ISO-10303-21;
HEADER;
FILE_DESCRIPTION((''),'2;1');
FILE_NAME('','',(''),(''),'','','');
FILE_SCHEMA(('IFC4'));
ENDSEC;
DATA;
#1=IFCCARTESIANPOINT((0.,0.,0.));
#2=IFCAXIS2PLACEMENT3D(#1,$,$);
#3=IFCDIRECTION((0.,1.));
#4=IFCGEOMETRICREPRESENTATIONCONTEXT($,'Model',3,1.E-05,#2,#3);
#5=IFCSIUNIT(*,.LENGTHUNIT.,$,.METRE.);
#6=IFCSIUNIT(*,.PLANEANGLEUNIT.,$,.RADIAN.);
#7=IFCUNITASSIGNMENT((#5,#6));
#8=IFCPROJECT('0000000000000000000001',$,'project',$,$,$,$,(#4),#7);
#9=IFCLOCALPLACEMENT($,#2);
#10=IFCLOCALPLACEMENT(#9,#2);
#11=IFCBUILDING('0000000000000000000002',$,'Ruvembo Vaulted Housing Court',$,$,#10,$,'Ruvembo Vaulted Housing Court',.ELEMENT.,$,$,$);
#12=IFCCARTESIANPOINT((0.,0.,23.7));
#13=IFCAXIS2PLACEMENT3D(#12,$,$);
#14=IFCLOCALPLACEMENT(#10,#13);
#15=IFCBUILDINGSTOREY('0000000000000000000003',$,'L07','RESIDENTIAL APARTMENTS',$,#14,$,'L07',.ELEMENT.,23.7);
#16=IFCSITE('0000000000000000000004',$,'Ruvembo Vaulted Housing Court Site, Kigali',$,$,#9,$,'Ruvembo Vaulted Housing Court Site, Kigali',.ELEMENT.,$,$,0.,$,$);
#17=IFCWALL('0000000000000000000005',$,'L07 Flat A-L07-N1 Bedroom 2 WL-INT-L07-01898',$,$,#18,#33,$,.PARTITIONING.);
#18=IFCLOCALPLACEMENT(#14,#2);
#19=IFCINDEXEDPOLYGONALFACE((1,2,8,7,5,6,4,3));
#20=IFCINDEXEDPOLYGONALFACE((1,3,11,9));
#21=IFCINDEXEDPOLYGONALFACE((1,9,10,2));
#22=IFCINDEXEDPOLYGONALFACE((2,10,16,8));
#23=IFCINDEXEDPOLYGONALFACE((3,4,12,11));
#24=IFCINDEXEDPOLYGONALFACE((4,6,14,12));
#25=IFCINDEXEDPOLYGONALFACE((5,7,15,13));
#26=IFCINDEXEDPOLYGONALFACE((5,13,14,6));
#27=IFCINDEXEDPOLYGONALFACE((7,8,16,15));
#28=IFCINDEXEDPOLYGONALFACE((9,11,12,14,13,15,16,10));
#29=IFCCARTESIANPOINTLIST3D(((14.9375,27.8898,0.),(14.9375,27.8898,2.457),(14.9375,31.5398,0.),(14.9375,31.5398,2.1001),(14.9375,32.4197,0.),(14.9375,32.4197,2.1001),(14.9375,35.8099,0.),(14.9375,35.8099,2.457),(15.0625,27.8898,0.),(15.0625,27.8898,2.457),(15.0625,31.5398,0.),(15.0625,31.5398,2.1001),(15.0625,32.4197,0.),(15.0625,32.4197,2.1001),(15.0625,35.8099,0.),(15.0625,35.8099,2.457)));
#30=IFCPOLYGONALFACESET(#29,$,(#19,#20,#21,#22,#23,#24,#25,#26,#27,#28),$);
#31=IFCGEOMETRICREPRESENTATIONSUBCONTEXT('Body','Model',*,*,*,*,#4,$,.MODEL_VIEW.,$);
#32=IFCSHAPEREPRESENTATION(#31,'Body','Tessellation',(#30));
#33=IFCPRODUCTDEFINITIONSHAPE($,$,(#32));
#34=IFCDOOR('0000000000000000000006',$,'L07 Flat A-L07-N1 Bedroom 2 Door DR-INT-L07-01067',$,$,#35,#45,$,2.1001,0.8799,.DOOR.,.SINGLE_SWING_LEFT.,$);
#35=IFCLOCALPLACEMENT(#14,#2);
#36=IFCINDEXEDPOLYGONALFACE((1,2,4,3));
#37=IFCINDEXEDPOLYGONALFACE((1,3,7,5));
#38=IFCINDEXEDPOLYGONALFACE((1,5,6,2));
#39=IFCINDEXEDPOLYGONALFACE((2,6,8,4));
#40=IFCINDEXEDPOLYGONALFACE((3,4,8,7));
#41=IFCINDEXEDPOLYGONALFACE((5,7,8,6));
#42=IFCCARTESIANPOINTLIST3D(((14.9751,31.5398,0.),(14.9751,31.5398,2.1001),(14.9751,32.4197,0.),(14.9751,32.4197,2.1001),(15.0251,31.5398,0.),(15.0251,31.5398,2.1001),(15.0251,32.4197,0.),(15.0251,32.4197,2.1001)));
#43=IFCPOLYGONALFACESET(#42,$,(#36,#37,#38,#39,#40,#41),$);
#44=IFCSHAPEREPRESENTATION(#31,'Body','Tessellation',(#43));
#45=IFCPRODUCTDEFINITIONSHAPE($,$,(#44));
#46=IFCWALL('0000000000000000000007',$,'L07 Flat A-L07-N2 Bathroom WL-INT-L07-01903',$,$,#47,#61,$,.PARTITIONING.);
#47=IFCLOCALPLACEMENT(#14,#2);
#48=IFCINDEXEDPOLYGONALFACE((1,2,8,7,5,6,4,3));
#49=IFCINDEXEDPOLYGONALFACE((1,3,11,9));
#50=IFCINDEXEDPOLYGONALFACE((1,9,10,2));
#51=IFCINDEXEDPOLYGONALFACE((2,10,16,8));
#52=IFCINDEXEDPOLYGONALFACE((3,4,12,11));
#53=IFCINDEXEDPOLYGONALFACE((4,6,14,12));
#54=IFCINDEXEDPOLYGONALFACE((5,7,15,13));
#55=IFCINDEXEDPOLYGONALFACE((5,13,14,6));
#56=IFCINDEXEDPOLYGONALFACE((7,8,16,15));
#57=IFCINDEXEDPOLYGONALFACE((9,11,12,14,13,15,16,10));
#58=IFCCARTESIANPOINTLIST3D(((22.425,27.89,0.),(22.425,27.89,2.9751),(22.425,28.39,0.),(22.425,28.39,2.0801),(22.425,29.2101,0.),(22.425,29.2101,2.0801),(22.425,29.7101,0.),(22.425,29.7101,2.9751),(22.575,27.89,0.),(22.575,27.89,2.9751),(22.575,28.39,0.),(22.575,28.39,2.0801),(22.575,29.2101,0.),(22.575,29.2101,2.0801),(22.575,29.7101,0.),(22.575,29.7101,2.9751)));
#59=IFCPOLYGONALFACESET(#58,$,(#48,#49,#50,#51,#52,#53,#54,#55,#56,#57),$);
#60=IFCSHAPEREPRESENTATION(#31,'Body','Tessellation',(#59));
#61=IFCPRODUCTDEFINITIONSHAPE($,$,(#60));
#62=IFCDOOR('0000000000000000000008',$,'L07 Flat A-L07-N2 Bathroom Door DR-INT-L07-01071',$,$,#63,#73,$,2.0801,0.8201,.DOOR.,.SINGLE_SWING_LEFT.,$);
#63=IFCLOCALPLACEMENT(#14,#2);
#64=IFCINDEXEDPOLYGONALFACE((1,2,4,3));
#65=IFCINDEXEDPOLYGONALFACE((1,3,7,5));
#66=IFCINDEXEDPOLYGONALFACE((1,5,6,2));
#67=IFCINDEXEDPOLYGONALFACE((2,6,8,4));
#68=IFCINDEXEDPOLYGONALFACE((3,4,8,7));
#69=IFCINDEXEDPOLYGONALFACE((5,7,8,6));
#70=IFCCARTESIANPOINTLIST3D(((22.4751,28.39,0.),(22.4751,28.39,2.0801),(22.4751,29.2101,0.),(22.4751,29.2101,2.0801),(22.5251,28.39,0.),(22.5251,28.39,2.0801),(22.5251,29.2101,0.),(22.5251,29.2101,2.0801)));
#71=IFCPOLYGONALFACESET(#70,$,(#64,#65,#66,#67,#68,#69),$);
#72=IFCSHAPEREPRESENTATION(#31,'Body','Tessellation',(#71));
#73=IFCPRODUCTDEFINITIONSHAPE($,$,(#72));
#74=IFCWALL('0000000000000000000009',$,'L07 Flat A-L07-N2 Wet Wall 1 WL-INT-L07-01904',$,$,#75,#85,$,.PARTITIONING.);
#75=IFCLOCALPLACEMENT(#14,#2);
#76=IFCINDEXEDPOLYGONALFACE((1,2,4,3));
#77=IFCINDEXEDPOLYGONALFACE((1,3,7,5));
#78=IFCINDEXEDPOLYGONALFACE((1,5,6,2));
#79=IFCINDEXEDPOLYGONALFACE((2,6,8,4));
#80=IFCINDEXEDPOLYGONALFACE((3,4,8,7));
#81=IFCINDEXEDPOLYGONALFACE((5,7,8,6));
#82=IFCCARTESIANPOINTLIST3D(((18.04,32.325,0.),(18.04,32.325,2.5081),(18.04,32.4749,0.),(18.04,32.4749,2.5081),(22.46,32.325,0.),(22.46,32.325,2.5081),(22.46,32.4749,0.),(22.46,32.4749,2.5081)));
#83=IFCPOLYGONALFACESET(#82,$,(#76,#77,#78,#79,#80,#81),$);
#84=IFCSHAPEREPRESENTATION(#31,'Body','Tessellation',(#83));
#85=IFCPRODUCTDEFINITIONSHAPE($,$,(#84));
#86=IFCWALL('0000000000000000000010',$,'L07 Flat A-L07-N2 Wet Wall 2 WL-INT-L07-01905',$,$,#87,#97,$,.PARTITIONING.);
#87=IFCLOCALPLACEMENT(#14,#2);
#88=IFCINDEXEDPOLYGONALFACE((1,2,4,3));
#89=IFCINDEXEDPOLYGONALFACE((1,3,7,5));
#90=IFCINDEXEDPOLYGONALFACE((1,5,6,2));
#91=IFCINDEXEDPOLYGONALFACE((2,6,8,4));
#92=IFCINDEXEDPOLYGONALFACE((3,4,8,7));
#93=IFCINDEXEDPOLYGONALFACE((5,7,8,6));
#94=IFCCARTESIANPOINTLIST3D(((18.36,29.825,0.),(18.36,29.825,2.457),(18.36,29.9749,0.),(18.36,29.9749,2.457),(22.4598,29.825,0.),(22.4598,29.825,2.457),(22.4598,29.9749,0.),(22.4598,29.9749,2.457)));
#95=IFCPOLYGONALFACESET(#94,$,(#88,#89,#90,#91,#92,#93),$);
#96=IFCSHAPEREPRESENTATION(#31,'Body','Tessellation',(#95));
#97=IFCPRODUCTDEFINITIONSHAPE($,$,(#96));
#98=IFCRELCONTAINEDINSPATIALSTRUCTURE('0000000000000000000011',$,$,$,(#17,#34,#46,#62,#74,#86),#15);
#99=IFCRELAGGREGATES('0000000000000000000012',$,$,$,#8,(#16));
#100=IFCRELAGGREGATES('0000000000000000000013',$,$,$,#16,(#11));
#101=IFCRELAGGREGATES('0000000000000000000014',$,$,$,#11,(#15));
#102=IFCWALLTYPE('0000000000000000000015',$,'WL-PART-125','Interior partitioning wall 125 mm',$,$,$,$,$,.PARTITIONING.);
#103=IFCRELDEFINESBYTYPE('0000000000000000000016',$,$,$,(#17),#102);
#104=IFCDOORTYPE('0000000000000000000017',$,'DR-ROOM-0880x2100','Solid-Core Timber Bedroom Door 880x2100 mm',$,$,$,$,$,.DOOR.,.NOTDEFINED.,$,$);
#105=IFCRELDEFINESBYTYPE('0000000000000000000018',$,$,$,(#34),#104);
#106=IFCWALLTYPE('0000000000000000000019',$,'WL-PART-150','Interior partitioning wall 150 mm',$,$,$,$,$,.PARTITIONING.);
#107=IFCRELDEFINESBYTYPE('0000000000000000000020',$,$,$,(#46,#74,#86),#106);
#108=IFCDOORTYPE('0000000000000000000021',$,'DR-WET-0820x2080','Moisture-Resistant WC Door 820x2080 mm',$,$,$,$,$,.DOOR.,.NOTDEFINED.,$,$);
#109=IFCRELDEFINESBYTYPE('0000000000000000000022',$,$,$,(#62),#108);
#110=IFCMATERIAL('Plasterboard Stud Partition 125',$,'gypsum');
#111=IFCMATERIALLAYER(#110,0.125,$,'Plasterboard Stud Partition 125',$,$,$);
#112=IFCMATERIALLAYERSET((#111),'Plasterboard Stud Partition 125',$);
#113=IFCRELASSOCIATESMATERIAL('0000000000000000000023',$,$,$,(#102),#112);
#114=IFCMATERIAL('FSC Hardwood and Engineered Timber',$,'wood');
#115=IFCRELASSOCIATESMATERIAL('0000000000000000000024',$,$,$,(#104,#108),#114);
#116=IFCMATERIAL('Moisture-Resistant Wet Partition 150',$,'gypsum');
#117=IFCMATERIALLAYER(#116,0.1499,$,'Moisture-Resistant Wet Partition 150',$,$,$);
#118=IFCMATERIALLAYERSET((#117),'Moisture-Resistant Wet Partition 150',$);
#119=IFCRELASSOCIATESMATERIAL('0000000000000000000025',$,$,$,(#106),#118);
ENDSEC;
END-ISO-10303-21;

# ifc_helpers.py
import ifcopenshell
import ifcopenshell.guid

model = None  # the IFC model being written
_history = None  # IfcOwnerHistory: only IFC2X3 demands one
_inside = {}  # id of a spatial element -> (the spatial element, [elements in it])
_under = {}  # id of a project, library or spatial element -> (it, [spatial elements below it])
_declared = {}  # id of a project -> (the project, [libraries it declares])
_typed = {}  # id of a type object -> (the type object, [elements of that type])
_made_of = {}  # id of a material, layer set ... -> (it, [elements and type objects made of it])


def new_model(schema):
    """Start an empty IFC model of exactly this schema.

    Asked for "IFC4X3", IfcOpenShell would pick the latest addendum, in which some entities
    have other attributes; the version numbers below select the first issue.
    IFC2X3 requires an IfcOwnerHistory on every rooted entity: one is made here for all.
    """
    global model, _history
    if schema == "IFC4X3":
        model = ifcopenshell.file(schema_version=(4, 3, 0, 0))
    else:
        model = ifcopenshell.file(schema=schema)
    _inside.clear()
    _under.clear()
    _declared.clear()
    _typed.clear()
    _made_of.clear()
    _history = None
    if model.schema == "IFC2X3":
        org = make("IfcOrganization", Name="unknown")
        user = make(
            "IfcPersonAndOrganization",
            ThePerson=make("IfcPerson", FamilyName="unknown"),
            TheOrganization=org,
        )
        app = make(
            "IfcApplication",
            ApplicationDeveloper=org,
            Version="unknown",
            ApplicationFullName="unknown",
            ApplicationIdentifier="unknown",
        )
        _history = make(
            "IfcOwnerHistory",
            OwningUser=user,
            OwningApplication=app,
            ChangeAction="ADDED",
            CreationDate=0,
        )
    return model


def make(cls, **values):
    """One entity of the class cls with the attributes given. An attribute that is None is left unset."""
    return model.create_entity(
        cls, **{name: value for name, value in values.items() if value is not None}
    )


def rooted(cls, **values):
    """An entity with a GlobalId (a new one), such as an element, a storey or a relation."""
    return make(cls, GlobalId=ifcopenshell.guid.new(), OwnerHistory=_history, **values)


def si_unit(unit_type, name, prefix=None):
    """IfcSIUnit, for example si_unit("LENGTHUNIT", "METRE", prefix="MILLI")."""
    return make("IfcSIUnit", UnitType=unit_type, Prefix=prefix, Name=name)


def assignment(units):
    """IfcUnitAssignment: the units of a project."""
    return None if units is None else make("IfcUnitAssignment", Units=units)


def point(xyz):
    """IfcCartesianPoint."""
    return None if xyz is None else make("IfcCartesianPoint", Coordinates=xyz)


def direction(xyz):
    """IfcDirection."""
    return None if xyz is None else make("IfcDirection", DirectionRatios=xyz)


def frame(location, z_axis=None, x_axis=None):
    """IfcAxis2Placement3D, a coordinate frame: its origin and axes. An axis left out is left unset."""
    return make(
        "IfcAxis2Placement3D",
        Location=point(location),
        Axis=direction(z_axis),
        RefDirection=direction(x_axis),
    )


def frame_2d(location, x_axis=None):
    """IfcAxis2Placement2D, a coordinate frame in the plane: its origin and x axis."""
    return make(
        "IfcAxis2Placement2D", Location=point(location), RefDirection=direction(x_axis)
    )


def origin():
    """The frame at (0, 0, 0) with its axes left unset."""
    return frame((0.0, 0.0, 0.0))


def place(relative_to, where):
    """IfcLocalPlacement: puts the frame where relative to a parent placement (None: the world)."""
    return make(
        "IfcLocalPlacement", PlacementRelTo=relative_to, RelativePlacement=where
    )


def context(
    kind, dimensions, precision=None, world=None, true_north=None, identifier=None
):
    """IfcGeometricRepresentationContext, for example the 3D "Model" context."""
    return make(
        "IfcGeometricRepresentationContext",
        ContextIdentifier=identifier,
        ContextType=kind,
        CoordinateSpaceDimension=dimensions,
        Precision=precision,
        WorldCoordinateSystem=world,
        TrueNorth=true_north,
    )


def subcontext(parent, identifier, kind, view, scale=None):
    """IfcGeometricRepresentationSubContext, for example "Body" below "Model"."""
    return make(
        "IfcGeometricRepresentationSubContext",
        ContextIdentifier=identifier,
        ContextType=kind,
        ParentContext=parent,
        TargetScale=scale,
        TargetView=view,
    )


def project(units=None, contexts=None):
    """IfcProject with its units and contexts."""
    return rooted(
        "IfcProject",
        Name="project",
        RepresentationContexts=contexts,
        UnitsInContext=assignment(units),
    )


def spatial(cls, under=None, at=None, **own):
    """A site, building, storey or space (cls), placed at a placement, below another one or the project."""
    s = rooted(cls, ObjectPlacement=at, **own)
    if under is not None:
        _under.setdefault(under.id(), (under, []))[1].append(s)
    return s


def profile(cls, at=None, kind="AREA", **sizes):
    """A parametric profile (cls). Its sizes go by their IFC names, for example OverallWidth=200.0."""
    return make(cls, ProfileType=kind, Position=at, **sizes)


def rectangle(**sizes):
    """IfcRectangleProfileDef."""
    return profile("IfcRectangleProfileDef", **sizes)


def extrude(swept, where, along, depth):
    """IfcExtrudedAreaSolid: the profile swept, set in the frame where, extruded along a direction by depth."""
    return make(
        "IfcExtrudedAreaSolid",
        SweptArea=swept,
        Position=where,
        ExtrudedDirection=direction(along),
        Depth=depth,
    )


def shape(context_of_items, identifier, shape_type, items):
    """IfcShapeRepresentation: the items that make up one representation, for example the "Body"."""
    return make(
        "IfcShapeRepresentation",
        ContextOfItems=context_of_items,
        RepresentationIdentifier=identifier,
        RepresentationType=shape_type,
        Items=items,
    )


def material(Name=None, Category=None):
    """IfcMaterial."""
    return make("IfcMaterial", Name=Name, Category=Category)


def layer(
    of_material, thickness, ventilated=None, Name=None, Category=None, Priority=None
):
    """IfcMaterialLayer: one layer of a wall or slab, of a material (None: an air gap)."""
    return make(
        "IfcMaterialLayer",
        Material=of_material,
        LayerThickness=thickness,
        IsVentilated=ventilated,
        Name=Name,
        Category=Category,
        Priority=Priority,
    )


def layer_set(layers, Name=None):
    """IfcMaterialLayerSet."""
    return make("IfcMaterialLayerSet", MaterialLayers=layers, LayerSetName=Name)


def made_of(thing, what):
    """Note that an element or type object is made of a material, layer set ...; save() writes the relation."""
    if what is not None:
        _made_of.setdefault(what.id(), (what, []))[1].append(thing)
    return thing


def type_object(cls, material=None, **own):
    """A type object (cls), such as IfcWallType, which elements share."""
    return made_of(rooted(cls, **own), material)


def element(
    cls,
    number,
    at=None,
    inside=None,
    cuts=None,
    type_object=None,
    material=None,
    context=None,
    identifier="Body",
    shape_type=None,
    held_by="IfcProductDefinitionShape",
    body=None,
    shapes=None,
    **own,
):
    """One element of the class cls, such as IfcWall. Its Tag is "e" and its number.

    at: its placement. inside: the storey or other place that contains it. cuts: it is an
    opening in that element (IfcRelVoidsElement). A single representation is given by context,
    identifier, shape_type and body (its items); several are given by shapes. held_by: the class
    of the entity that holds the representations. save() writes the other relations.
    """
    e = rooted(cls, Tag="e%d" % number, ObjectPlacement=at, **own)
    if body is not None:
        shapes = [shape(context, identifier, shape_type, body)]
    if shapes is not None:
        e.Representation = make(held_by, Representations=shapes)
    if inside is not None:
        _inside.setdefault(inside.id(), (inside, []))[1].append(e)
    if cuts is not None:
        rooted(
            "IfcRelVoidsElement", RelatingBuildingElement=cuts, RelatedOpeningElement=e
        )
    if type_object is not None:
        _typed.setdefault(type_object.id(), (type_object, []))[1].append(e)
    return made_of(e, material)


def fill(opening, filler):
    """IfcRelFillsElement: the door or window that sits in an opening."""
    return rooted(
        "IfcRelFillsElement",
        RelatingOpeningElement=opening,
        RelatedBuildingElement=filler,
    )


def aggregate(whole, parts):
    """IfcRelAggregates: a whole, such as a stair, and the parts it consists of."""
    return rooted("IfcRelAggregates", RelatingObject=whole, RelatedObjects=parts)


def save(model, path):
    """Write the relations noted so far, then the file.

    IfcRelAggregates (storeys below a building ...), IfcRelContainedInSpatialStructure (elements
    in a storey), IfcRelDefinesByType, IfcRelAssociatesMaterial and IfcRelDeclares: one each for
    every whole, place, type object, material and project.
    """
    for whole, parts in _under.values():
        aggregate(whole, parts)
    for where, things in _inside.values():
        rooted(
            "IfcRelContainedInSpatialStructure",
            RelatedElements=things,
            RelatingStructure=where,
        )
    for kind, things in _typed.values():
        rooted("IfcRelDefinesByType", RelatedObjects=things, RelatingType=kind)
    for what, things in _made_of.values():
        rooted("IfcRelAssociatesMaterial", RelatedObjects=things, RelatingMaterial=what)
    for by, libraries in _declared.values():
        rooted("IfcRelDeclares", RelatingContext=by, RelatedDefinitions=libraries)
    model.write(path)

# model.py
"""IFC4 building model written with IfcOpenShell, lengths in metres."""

from ifc_helpers import new_model, si_unit, direction, frame, frame_2d, origin, place, context, subcontext, project, spatial, rectangle, extrude, material, layer, layer_set, type_object, element, fill, save


model = new_model("IFC4")

# Units and contexts
model_context = context("Model", 3, precision=1e-05, world=origin(), true_north=direction((0.0, 1.0)))
body_context = subcontext(model_context, "Body", "Model", "MODEL_VIEW")
ifc_project = project(units=[si_unit("LENGTHUNIT", "METRE"), si_unit("PLANEANGLEUNIT", "RADIAN")], contexts=[model_context])

# Site, building, storey
site_placement = place(None, origin())
site = spatial("IfcSite", under=ifc_project, at=site_placement, Name="Ruvembo Vaulted Housing Court Site, Kigali", LongName="Ruvembo Vaulted Housing Court Site, Kigali", CompositionType="ELEMENT", RefElevation=0.0)
building_placement = place(site_placement, origin())
building = spatial("IfcBuilding", under=site, at=building_placement, Name="Ruvembo Vaulted Housing Court", LongName="Ruvembo Vaulted Housing Court", CompositionType="ELEMENT")
storey_placement = place(building_placement, frame((0.0, 0.0, 23.7)))
storey = spatial("IfcBuildingStorey", under=building, at=storey_placement, Name="L07", Description="RESIDENTIAL APARTMENTS", LongName="L07", CompositionType="ELEMENT", Elevation=23.7)

# Walls, openings, doors
ifc_material_1 = material(Name="Plasterboard Stud Partition 125", Category="gypsum")
ifc_layer_1 = layer(ifc_material_1, 0.125, Name="Plasterboard Stud Partition 125")
ifc_layer_set_1 = layer_set([ifc_layer_1], Name="Plasterboard Stud Partition 125")
wall_type_1 = type_object("IfcWallType", Name="WL-PART-125", Description="Interior partitioning wall 125 mm", PredefinedType="PARTITIONING", material=ifc_layer_set_1)
wall_1_placement = place(storey_placement, frame((15.0, 27.8899, 0.0), z_axis=(0.0, 0.0, 1.0), x_axis=(0.0, 1.0, 0.0)))
wall_1 = element("IfcWall", 1, at=wall_1_placement, inside=storey, type_object=wall_type_1, Name="L07 Flat A-L07-N1 Bedroom 2 WL-INT-L07-01898", PredefinedType="PARTITIONING", context=body_context, shape_type="SweptSolid", body=[
    extrude(rectangle(XDim=7.9202, YDim=0.125, at=frame_2d((3.96, 0.0))), origin(), (0.0, 0.0, 1.0), 2.457),
])
opening_1_placement = place(wall_1_placement, frame((3.6499, 0.0, 0.0)))
opening_1 = element("IfcOpeningElement", 2, at=opening_1_placement, cuts=wall_1, PredefinedType="OPENING", context=body_context, shape_type="SweptSolid", body=[
    extrude(rectangle(XDim=0.8799, YDim=2.1001, at=frame_2d((0.4399, 1.05))), frame((0.0, 0.0725, 0.0), z_axis=(0.0, -1.0, 0.0), x_axis=(1.0, 0.0, 0.0)), (0.0, 0.0, 1.0), 0.145),
])
ifc_material_2 = material(Name="FSC Hardwood and Engineered Timber", Category="wood")
door_type_1 = type_object("IfcDoorType", Name="DR-ROOM-0880x2100", Description="Solid-Core Timber Bedroom Door 880x2100 mm", OperationType="NOTDEFINED", PredefinedType="DOOR", material=ifc_material_2)
door_1_placement = place(opening_1_placement, origin())
door_1 = element("IfcDoor", 3, at=door_1_placement, inside=storey, type_object=door_type_1, Name="L07 Flat A-L07-N1 Bedroom 2 Door DR-INT-L07-01067", OperationType="SINGLE_SWING_LEFT", OverallHeight=2.1001, OverallWidth=0.8799, PredefinedType="DOOR", context=body_context, shape_type="SweptSolid", body=[
    extrude(rectangle(XDim=0.8799, YDim=2.1001, at=frame_2d((0.4399, 1.05))), frame((0.0, 0.0249, 0.0), z_axis=(0.0, -1.0, 0.0), x_axis=(1.0, 0.0, 0.0)), (0.0, 0.0, 1.0), 0.05),
])
fill(opening_1, door_1)
ifc_material_3 = material(Name="Moisture-Resistant Wet Partition 150", Category="gypsum")
ifc_layer_2 = layer(ifc_material_3, 0.1499, Name="Moisture-Resistant Wet Partition 150")
ifc_layer_set_2 = layer_set([ifc_layer_2], Name="Moisture-Resistant Wet Partition 150")
wall_type_2 = type_object("IfcWallType", Name="WL-PART-150", Description="Interior partitioning wall 150 mm", PredefinedType="PARTITIONING", material=ifc_layer_set_2)
wall_2_placement = place(storey_placement, frame((22.5, 27.8899, 0.0), z_axis=(0.0, 0.0, 1.0), x_axis=(0.0, 1.0, 0.0)))
wall_2 = element("IfcWall", 4, at=wall_2_placement, inside=storey, type_object=wall_type_2, Name="L07 Flat A-L07-N2 Bathroom WL-INT-L07-01903", PredefinedType="PARTITIONING", context=body_context, shape_type="SweptSolid", body=[
    extrude(rectangle(XDim=1.8201, YDim=0.1499, at=frame_2d((0.9102, 0.0))), origin(), (0.0, 0.0, 1.0), 2.9751),
])
opening_2_placement = place(wall_2_placement, frame((0.5, 0.0, 0.0)))
opening_2 = element("IfcOpeningElement", 5, at=opening_2_placement, cuts=wall_2, PredefinedType="OPENING", context=body_context, shape_type="SweptSolid", body=[
    extrude(rectangle(XDim=0.8201, YDim=2.0801, at=frame_2d((0.4102, 1.04))), frame((0.0, 0.085, 0.0), z_axis=(0.0, -1.0, 0.0), x_axis=(1.0, 0.0, 0.0)), (0.0, 0.0, 1.0), 0.1699),
])
door_type_2 = type_object("IfcDoorType", Name="DR-WET-0820x2080", Description="Moisture-Resistant WC Door 820x2080 mm", OperationType="NOTDEFINED", PredefinedType="DOOR", material=ifc_material_2)
door_2_placement = place(opening_2_placement, origin())
door_2 = element("IfcDoor", 6, at=door_2_placement, inside=storey, type_object=door_type_2, Name="L07 Flat A-L07-N2 Bathroom Door DR-INT-L07-01071", OperationType="SINGLE_SWING_LEFT", OverallHeight=2.0801, OverallWidth=0.8201, PredefinedType="DOOR", context=body_context, shape_type="SweptSolid", body=[
    extrude(rectangle(XDim=0.8201, YDim=2.0801, at=frame_2d((0.4102, 1.04))), frame((0.0, 0.0249, 0.0), z_axis=(0.0, -1.0, 0.0), x_axis=(1.0, 0.0, 0.0)), (0.0, 0.0, 1.0), 0.05),
])
fill(opening_2, door_2)

# Walls
wall_3_placement = place(storey_placement, frame((18.04, 32.3999, 0.0), z_axis=(0.0, 0.0, 1.0), x_axis=(1.0, 0.0, 0.0)))
element("IfcWall", 7, at=wall_3_placement, inside=storey, type_object=wall_type_2, Name="L07 Flat A-L07-N2 Wet Wall 1 WL-INT-L07-01904", PredefinedType="PARTITIONING", context=body_context, shape_type="SweptSolid", body=[
    extrude(rectangle(XDim=4.4199, YDim=0.1499, at=frame_2d((2.21, 0.0))), origin(), (0.0, 0.0, 1.0), 2.5081),
])
wall_4_placement = place(storey_placement, frame((18.3601, 29.8999, 0.0), z_axis=(0.0, 0.0, 1.0), x_axis=(1.0, 0.0, 0.0)))
element("IfcWall", 8, at=wall_4_placement, inside=storey, type_object=wall_type_2, Name="L07 Flat A-L07-N2 Wet Wall 2 WL-INT-L07-01905", PredefinedType="PARTITIONING", context=body_context, shape_type="SweptSolid", body=[
    extrude(rectangle(XDim=4.0999, YDim=0.1499, at=frame_2d((2.0498, 0.0))), origin(), (0.0, 0.0, 1.0), 2.457),
])

save(model, "model.ifc")
